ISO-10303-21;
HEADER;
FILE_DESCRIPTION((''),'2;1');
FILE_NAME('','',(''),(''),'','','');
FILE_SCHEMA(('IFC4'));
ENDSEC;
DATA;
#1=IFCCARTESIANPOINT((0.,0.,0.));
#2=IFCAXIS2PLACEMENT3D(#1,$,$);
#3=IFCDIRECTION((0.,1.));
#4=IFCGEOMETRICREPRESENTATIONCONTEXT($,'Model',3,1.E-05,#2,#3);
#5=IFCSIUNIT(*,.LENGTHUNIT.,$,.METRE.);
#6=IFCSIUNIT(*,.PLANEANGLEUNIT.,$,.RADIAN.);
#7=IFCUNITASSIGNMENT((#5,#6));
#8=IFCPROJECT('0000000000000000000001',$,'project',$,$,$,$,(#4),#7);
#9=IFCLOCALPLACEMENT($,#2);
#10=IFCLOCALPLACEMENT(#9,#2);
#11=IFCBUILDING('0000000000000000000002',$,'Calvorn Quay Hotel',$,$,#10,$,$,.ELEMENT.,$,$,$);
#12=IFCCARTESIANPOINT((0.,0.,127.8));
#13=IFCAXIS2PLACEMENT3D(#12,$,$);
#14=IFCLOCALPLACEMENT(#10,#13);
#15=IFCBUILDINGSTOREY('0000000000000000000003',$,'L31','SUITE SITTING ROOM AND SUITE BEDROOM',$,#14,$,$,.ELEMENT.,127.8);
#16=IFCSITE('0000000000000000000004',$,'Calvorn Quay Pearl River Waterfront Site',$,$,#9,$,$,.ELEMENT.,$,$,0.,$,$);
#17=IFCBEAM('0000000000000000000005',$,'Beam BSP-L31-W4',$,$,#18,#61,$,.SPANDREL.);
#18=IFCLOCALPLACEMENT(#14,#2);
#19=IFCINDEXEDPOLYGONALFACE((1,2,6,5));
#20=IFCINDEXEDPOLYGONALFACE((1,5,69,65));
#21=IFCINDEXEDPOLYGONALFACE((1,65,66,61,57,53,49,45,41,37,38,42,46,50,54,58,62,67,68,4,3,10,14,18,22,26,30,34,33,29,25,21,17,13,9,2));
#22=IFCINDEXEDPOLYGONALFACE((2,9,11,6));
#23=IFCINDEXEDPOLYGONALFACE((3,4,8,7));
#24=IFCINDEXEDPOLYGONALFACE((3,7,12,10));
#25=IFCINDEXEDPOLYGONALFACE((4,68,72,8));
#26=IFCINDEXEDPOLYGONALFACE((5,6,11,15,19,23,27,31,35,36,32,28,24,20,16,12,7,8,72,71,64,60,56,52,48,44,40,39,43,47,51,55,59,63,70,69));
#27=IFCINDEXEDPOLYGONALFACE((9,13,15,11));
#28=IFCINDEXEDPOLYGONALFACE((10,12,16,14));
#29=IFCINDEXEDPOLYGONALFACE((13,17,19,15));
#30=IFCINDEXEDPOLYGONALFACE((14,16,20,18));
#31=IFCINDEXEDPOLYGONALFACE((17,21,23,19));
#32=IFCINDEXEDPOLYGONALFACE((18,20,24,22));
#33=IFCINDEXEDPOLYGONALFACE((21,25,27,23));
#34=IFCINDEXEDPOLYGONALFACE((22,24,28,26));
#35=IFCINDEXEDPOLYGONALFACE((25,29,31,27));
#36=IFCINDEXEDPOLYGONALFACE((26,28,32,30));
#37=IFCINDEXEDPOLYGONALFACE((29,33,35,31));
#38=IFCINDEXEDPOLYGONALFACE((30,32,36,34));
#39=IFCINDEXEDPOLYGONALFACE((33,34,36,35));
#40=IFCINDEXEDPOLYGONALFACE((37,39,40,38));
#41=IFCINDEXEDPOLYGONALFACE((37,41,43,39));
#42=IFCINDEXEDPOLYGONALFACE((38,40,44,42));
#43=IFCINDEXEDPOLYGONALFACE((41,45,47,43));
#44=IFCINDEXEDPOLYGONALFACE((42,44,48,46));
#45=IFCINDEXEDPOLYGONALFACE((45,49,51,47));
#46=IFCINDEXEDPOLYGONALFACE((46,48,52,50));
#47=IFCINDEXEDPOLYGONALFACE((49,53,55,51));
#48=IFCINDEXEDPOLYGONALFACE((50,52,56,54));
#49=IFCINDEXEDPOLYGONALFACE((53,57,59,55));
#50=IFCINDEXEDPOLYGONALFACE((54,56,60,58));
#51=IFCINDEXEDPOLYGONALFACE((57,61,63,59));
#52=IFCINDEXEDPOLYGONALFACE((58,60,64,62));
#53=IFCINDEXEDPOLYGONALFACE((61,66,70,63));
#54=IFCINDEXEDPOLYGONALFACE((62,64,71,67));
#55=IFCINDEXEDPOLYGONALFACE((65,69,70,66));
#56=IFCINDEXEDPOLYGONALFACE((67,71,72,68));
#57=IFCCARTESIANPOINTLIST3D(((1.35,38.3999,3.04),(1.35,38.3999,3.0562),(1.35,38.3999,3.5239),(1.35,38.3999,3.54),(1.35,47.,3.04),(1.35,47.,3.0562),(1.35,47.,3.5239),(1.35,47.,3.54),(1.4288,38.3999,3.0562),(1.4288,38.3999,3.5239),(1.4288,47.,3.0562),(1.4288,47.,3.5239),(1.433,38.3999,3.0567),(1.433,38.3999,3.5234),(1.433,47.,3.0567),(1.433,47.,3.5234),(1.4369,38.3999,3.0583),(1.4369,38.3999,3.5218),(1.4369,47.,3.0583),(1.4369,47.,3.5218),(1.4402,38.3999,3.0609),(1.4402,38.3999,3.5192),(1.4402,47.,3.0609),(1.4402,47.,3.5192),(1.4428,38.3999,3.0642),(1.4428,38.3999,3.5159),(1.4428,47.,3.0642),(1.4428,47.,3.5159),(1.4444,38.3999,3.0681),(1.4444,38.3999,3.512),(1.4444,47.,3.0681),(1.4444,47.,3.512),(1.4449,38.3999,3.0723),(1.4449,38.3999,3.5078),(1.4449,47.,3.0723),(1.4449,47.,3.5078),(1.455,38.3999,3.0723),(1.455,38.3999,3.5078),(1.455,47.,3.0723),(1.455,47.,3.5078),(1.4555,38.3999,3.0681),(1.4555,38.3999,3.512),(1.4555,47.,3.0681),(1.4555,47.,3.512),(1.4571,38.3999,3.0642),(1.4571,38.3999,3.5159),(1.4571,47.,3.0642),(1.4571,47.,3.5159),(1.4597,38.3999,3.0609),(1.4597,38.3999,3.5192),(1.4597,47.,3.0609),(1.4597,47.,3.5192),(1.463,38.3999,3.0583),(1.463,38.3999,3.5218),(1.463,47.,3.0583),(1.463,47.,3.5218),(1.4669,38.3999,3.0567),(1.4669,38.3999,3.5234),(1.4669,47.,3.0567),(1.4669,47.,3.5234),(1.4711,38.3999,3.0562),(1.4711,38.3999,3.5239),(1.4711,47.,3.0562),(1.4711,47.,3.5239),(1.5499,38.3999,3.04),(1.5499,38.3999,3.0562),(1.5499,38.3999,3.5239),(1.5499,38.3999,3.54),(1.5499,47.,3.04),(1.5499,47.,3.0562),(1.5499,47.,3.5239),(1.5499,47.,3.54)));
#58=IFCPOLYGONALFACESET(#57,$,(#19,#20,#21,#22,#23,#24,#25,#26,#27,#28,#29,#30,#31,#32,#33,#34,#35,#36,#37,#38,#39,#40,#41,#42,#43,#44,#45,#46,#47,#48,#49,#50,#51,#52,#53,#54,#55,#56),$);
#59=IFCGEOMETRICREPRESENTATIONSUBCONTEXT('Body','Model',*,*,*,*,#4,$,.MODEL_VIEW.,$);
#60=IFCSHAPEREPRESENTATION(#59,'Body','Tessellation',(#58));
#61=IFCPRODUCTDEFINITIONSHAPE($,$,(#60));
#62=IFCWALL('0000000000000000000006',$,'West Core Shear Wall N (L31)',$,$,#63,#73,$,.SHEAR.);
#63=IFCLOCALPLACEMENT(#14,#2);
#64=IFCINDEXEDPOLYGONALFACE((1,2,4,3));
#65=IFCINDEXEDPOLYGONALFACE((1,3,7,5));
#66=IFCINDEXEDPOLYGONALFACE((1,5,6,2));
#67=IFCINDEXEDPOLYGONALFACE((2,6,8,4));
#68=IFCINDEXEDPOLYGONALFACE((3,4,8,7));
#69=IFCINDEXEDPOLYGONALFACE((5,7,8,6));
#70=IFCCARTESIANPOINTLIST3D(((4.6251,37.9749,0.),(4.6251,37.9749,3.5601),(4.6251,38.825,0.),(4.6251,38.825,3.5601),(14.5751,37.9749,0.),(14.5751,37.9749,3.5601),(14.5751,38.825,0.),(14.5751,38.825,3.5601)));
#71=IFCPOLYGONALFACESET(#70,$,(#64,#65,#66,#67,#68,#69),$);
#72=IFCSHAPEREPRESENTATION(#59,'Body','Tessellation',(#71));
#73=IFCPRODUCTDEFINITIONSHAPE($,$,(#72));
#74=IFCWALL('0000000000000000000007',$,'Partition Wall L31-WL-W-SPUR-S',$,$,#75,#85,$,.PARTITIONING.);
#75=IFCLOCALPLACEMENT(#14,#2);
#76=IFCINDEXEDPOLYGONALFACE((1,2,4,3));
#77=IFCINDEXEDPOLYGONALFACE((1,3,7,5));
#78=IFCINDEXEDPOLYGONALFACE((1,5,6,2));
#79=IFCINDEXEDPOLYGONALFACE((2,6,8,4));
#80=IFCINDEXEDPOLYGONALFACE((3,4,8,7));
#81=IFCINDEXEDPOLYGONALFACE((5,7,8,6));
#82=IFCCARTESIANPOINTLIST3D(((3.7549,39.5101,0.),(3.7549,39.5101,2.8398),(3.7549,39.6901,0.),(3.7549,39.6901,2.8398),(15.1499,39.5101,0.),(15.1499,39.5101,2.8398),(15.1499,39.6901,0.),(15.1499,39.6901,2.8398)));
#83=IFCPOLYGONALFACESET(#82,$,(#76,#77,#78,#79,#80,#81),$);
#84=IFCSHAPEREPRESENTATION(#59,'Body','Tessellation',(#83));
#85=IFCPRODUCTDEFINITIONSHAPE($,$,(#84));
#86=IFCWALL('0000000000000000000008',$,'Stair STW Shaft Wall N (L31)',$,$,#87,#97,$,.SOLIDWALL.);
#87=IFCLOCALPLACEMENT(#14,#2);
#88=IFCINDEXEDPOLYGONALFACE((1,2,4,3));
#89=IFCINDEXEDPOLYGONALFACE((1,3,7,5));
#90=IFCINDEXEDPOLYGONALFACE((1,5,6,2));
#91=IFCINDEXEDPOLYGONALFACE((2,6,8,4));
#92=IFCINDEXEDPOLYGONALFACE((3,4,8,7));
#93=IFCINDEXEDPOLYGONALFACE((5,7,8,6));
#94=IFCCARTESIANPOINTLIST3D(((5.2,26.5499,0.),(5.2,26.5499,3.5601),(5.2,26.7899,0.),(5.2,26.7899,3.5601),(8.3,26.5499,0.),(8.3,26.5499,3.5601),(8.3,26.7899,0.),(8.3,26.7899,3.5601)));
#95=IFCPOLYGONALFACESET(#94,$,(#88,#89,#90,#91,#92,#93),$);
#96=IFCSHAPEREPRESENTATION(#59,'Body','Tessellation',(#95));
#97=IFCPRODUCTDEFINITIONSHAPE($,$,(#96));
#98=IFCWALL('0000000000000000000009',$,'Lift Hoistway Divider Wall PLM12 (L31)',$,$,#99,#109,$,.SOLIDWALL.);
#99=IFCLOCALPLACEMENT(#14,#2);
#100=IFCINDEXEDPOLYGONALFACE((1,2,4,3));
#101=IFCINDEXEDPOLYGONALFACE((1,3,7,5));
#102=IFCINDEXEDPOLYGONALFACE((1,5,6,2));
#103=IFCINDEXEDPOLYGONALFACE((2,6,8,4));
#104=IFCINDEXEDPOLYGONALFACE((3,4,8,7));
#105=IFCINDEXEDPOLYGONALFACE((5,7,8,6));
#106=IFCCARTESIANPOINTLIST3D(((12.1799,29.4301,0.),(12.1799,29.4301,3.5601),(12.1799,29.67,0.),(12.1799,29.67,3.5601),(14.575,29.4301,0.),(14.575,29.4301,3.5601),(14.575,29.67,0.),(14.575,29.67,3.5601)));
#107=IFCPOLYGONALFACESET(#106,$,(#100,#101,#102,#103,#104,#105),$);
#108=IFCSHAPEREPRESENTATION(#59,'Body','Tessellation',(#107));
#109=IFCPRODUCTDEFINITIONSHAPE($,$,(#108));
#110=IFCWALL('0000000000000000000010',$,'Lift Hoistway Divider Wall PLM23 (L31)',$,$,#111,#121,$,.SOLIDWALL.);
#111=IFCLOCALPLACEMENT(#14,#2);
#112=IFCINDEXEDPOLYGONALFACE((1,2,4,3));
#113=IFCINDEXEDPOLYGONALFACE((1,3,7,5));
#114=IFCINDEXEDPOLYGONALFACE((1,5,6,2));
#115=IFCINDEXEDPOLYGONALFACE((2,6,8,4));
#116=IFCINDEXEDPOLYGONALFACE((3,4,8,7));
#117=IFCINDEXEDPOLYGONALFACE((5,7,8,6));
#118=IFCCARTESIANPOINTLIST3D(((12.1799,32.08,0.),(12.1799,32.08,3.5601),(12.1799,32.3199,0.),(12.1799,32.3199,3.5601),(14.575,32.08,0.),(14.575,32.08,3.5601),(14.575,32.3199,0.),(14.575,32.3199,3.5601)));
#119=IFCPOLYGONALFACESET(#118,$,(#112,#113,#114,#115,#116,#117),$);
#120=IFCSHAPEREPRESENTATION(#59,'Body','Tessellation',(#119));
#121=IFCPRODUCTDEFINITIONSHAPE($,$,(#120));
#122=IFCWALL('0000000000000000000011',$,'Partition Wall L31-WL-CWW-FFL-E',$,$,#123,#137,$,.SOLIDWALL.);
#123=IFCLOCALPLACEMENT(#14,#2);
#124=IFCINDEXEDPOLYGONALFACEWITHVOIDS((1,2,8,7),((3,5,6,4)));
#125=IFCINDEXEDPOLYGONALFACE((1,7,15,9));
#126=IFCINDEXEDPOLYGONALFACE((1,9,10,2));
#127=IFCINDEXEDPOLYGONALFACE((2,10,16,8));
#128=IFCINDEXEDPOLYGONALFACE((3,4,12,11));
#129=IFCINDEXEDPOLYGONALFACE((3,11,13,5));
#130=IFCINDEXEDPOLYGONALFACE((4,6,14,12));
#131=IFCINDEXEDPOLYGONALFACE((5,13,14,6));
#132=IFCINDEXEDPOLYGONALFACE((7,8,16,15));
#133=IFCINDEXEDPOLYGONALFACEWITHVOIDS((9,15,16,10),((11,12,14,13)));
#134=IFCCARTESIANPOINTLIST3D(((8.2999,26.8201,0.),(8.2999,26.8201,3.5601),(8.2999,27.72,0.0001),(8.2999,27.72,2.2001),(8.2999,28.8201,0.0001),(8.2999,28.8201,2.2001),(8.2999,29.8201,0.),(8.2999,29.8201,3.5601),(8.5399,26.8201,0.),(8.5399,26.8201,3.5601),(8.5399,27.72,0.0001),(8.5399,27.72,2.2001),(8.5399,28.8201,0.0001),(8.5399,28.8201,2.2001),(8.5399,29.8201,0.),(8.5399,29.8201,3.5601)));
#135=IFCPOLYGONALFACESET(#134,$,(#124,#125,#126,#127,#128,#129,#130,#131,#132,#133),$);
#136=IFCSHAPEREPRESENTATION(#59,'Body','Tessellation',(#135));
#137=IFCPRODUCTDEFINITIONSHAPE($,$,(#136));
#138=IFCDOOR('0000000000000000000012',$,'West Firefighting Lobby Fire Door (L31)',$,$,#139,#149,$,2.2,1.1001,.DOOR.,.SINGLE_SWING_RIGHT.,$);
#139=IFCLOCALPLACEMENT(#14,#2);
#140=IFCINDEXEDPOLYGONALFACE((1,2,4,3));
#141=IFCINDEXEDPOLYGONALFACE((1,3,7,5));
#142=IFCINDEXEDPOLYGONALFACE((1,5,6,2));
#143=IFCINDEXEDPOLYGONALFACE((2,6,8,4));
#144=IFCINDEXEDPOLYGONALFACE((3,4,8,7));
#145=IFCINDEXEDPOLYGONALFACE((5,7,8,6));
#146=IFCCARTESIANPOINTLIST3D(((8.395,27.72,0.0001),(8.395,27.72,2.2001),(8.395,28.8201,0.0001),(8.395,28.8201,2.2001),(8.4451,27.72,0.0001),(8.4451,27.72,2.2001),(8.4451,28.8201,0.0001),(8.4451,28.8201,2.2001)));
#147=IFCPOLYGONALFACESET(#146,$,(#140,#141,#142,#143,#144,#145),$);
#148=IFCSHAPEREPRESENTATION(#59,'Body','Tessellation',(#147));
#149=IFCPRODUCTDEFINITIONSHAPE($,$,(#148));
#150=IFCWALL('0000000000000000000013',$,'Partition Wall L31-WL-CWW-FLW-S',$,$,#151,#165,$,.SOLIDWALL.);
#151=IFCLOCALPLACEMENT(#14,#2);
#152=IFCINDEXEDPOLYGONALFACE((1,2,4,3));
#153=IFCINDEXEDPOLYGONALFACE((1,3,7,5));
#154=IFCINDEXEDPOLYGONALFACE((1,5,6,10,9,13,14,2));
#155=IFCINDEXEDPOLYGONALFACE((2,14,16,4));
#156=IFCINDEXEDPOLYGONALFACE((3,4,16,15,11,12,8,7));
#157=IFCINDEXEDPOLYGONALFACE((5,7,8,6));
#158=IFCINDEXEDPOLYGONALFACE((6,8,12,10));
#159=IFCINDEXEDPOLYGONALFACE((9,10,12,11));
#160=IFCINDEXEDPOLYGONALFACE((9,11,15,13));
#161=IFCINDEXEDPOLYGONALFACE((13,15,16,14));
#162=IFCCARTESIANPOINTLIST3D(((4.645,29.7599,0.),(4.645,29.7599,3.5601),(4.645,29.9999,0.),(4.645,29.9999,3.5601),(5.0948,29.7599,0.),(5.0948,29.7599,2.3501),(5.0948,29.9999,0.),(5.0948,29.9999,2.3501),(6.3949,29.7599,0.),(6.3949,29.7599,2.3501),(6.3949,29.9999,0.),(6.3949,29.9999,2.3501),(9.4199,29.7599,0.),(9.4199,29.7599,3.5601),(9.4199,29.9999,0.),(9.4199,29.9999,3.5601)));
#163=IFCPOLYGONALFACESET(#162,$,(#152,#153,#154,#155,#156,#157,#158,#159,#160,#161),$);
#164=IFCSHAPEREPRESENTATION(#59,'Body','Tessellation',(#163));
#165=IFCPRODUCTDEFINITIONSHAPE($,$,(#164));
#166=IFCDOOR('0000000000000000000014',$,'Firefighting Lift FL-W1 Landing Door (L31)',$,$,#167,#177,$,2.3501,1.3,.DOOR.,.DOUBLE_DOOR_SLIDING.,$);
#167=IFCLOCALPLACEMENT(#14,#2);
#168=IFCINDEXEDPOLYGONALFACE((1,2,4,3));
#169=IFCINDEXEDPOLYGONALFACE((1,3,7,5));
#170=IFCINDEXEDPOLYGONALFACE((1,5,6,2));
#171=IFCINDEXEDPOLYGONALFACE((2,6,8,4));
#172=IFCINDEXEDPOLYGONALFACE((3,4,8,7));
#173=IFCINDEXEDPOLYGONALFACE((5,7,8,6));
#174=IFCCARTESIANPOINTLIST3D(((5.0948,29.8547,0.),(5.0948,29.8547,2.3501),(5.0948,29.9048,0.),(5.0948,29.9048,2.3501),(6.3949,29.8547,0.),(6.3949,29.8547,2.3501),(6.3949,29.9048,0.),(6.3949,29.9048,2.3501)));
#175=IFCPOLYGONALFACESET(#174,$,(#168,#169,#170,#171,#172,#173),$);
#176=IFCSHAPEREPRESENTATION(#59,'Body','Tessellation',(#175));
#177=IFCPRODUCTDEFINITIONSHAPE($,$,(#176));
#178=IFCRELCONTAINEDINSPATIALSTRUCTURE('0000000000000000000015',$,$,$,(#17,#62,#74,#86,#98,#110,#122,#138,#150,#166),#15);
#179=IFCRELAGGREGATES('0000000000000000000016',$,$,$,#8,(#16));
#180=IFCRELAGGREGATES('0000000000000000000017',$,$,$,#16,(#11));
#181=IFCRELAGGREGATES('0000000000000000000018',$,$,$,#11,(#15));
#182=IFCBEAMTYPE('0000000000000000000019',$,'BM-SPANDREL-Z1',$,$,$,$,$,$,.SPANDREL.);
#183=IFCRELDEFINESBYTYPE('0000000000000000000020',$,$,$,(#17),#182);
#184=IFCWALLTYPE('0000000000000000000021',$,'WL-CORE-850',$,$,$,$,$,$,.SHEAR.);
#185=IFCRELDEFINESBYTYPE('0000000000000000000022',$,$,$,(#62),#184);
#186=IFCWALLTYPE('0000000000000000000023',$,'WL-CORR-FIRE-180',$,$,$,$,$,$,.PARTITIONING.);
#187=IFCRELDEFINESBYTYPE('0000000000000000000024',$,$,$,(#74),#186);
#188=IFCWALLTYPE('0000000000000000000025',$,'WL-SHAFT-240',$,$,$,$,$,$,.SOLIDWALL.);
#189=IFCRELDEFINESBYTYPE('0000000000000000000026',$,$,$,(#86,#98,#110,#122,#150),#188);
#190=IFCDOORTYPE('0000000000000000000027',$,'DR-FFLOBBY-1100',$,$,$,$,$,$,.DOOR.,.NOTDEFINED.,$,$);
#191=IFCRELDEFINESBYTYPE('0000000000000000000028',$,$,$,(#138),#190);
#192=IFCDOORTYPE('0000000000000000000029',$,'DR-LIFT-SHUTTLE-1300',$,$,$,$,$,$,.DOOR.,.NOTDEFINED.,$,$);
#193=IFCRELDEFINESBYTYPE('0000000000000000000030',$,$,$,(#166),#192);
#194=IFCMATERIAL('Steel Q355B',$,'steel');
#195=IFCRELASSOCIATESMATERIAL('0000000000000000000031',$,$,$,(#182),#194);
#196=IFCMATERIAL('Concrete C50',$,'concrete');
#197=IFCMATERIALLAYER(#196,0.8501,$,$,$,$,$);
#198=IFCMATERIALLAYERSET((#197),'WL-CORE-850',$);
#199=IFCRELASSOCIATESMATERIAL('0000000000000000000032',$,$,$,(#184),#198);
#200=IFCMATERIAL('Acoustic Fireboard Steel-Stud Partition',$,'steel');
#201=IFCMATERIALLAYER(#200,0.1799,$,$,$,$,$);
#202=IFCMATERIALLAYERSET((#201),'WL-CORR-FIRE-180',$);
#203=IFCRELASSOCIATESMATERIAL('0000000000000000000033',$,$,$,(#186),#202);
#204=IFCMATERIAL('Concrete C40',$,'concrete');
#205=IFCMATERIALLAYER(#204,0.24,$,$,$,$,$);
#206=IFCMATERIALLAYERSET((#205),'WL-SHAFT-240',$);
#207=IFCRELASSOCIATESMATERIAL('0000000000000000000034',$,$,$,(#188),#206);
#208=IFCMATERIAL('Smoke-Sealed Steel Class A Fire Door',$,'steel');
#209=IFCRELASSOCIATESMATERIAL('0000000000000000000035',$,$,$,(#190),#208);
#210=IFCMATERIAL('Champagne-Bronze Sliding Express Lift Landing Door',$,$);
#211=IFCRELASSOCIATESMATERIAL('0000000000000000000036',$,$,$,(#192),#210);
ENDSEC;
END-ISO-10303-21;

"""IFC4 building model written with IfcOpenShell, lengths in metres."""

from ifc_helpers import new_model, si_unit, direction, frame, frame_2d, origin, origin_2d, place, context, subcontext, project, spatial, rectangle, i_section, extrude, material, layer, layer_set, material_profile, profile_set, type_object, element, fill, save


model = new_model("IFC4")

# Units and contexts
model_context = context("Model", 3, precision=1e-05, world=origin(), true_north=direction((0.0, 1.0)))
body_context = subcontext(model_context, "Body", "Model", "MODEL_VIEW")
ifc_project = project(units=[si_unit("LENGTHUNIT", "METRE"), si_unit("PLANEANGLEUNIT", "RADIAN")], contexts=[model_context])

# Site, building, storey
site_placement = place(None, origin())
site = spatial("IfcSite", under=ifc_project, at=site_placement, Name="Calvorn Quay Pearl River Waterfront Site", CompositionType="ELEMENT", RefElevation=0.0)
building_placement = place(site_placement, origin())
building = spatial("IfcBuilding", under=site, at=building_placement, Name="Calvorn Quay Hotel", CompositionType="ELEMENT")
storey_placement = place(building_placement, frame((0.0, 0.0, 127.8)))
storey = spatial("IfcBuildingStorey", under=building, at=storey_placement, Name="L31", Description="SUITE SITTING ROOM AND SUITE BEDROOM", CompositionType="ELEMENT", Elevation=127.8)

# Beam
ifc_material_1 = material(Name="Steel Q355B", Category="steel")
ifc_material_profile_1 = material_profile(ifc_material_1, i_section(OverallWidth=0.2, OverallDepth=0.5, WebThickness=0.01, FlangeThickness=0.0161, FilletRadius=0.0161, at=origin_2d()), Name="HN500x200x10x16")
ifc_profile_set_1 = profile_set([ifc_material_profile_1], Name="Steel Q355B")
beam_type_1 = type_object("IfcBeamType", Name="BM-SPANDREL-Z1", PredefinedType="SPANDREL", material=ifc_profile_set_1)
beam_1_placement = place(storey_placement, frame((1.45, 38.3999, 3.29), z_axis=(0.0, 1.0, 0.0), x_axis=(-1.0, 0.0, 0.0)))
element("IfcBeam", 1, at=beam_1_placement, inside=storey, type_object=beam_type_1, Name="Beam BSP-L31-W4", PredefinedType="SPANDREL", context=body_context, shape_type="SweptSolid", body=[
    extrude(i_section(OverallWidth=0.2, OverallDepth=0.5, WebThickness=0.01, FlangeThickness=0.0161, FilletRadius=0.0161, at=origin_2d()), origin(), (0.0, 0.0, 1.0), 8.6001),
])

# Walls
ifc_material_2 = material(Name="Concrete C50", Category="concrete")
ifc_layer_1 = layer(ifc_material_2, 0.8501)
ifc_layer_set_1 = layer_set([ifc_layer_1], Name="WL-CORE-850")
wall_type_1 = type_object("IfcWallType", Name="WL-CORE-850", PredefinedType="SHEAR", material=ifc_layer_set_1)
wall_1_placement = place(storey_placement, frame((4.625, 38.3999, 0.0), z_axis=(0.0, 0.0, 1.0), x_axis=(1.0, 0.0, 0.0)))
element("IfcWall", 2, at=wall_1_placement, inside=storey, type_object=wall_type_1, Name="West Core Shear Wall N (L31)", PredefinedType="SHEAR", context=body_context, shape_type="SweptSolid", body=[
    extrude(rectangle(XDim=9.95, YDim=0.8501, at=frame_2d((4.9751, 0.0))), origin(), (0.0, 0.0, 1.0), 3.5601),
])
ifc_material_3 = material(Name="Acoustic Fireboard Steel-Stud Partition", Category="steel")
ifc_layer_2 = layer(ifc_material_3, 0.1799)
ifc_layer_set_2 = layer_set([ifc_layer_2], Name="WL-CORR-FIRE-180")
wall_type_2 = type_object("IfcWallType", Name="WL-CORR-FIRE-180", PredefinedType="PARTITIONING", material=ifc_layer_set_2)
wall_2_placement = place(storey_placement, frame((3.7549, 39.6001, 0.0), z_axis=(0.0, 0.0, 1.0), x_axis=(1.0, 0.0, 0.0)))
element("IfcWall", 3, at=wall_2_placement, inside=storey, type_object=wall_type_2, Name="Partition Wall L31-WL-W-SPUR-S", PredefinedType="PARTITIONING", context=body_context, shape_type="SweptSolid", body=[
    extrude(rectangle(XDim=11.395, YDim=0.1799, at=frame_2d((5.6975, 0.0))), origin(), (0.0, 0.0, 1.0), 2.8398),
])

# Walls
ifc_material_4 = material(Name="Concrete C40", Category="concrete")
ifc_layer_3 = layer(ifc_material_4, 0.24)
ifc_layer_set_3 = layer_set([ifc_layer_3], Name="WL-SHAFT-240")
wall_type_3 = type_object("IfcWallType", Name="WL-SHAFT-240", PredefinedType="SOLIDWALL", material=ifc_layer_set_3)
wall_3_placement = place(storey_placement, frame((5.2, 26.6699, 0.0), z_axis=(0.0, 0.0, 1.0), x_axis=(1.0, 0.0, 0.0)))
element("IfcWall", 4, at=wall_3_placement, inside=storey, type_object=wall_type_3, Name="Stair STW Shaft Wall N (L31)", PredefinedType="SOLIDWALL", context=body_context, shape_type="SweptSolid", body=[
    extrude(rectangle(XDim=3.1001, YDim=0.24, at=frame_2d((1.55, 0.0))), origin(), (0.0, 0.0, 1.0), 3.5601),
])
for number, where, z_axis, x_axis, name in (
    (5, (12.1799, 29.55, 0.0), (0.0, 0.0, 1.0), (1.0, 0.0, 0.0), "Lift Hoistway Divider Wall PLM12 (L31)"),
    (6, (12.1799, 32.2, 0.0), (0.0, 0.0, 1.0), (1.0, 0.0, 0.0), "Lift Hoistway Divider Wall PLM23 (L31)"),
):
    element("IfcWall", number, at=place(storey_placement, frame(where, z_axis=z_axis, x_axis=x_axis)), inside=storey, type_object=wall_type_3, Name=name, PredefinedType="SOLIDWALL", context=body_context, shape_type="SweptSolid", body=[
        extrude(rectangle(XDim=2.395, YDim=0.24, at=frame_2d((1.1975, 0.0))), origin(), (0.0, 0.0, 1.0), 3.5601),
    ])

# Walls, openings, doors
wall_4_placement = place(storey_placement, frame((8.4199, 26.8201, 0.0), z_axis=(0.0, 0.0, 1.0), x_axis=(0.0, 1.0, 0.0)))
wall_4 = element("IfcWall", 7, at=wall_4_placement, inside=storey, type_object=wall_type_3, Name="Partition Wall L31-WL-CWW-FFL-E", PredefinedType="SOLIDWALL", context=body_context, shape_type="SweptSolid", body=[
    extrude(rectangle(XDim=3.0, YDim=0.24, at=frame_2d((1.5, 0.0))), origin(), (0.0, 0.0, 1.0), 3.5601),
])
opening_1_placement = place(wall_4_placement, frame((0.8999, 0.0, 0.0)))
opening_1 = element("IfcOpeningElement", 8, at=opening_1_placement, cuts=wall_4, PredefinedType="OPENING", context=body_context, shape_type="SweptSolid", body=[
    extrude(rectangle(XDim=1.1001, YDim=2.2, at=frame_2d((0.55, 1.1001))), frame((0.0, 0.1299, 0.0), z_axis=(0.0, -1.0, 0.0), x_axis=(1.0, 0.0, 0.0)), (0.0, 0.0, 1.0), 0.26),
])
ifc_material_5 = material(Name="Smoke-Sealed Steel Class A Fire Door", Category="steel")
door_type_1 = type_object("IfcDoorType", Name="DR-FFLOBBY-1100", OperationType="NOTDEFINED", PredefinedType="DOOR", material=ifc_material_5)
door_1_placement = place(opening_1_placement, origin())
door_1 = element("IfcDoor", 9, at=door_1_placement, inside=storey, type_object=door_type_1, Name="West Firefighting Lobby Fire Door (L31)", OperationType="SINGLE_SWING_RIGHT", OverallHeight=2.2, OverallWidth=1.1001, PredefinedType="DOOR", context=body_context, shape_type="SweptSolid", body=[
    extrude(rectangle(XDim=1.1001, YDim=2.2, at=frame_2d((0.55, 1.1001))), frame((0.0, 0.0249, 0.0), z_axis=(0.0, -1.0, 0.0), x_axis=(1.0, 0.0, 0.0)), (0.0, 0.0, 1.0), 0.05),
])
fill(opening_1, door_1)
wall_5_placement = place(storey_placement, frame((4.645, 29.8799, 0.0), z_axis=(0.0, 0.0, 1.0), x_axis=(1.0, 0.0, 0.0)))
wall_5 = element("IfcWall", 10, at=wall_5_placement, inside=storey, type_object=wall_type_3, Name="Partition Wall L31-WL-CWW-FLW-S", PredefinedType="SOLIDWALL", context=body_context, shape_type="SweptSolid", body=[
    extrude(rectangle(XDim=4.7749, YDim=0.24, at=frame_2d((2.3875, 0.0))), origin(), (0.0, 0.0, 1.0), 3.5601),
])
opening_2_placement = place(wall_5_placement, frame((0.45, 0.0, 0.0)))
opening_2 = element("IfcOpeningElement", 11, at=opening_2_placement, cuts=wall_5, PredefinedType="OPENING", context=body_context, shape_type="SweptSolid", body=[
    extrude(rectangle(XDim=1.3, YDim=2.3501, at=frame_2d((0.6499, 1.175))), frame((0.0, 0.1299, 0.0), z_axis=(0.0, -1.0, 0.0), x_axis=(1.0, 0.0, 0.0)), (0.0, 0.0, 1.0), 0.26),
])
ifc_material_6 = material(Name="Champagne-Bronze Sliding Express Lift Landing Door")
door_type_2 = type_object("IfcDoorType", Name="DR-LIFT-SHUTTLE-1300", OperationType="NOTDEFINED", PredefinedType="DOOR", material=ifc_material_6)
door_2_placement = place(opening_2_placement, origin())
door_2 = element("IfcDoor", 12, at=door_2_placement, inside=storey, type_object=door_type_2, Name="Firefighting Lift FL-W1 Landing Door (L31)", OperationType="DOUBLE_DOOR_SLIDING", OverallHeight=2.3501, OverallWidth=1.3, PredefinedType="DOOR", context=body_context, shape_type="SweptSolid", body=[
    extrude(rectangle(XDim=1.3, YDim=2.3501, at=frame_2d((0.6499, 1.175))), frame((0.0, 0.0249, 0.0), z_axis=(0.0, -1.0, 0.0), x_axis=(1.0, 0.0, 0.0)), (0.0, 0.0, 1.0), 0.05),
])
fill(opening_2, door_2)

save(model, "model.ifc")
